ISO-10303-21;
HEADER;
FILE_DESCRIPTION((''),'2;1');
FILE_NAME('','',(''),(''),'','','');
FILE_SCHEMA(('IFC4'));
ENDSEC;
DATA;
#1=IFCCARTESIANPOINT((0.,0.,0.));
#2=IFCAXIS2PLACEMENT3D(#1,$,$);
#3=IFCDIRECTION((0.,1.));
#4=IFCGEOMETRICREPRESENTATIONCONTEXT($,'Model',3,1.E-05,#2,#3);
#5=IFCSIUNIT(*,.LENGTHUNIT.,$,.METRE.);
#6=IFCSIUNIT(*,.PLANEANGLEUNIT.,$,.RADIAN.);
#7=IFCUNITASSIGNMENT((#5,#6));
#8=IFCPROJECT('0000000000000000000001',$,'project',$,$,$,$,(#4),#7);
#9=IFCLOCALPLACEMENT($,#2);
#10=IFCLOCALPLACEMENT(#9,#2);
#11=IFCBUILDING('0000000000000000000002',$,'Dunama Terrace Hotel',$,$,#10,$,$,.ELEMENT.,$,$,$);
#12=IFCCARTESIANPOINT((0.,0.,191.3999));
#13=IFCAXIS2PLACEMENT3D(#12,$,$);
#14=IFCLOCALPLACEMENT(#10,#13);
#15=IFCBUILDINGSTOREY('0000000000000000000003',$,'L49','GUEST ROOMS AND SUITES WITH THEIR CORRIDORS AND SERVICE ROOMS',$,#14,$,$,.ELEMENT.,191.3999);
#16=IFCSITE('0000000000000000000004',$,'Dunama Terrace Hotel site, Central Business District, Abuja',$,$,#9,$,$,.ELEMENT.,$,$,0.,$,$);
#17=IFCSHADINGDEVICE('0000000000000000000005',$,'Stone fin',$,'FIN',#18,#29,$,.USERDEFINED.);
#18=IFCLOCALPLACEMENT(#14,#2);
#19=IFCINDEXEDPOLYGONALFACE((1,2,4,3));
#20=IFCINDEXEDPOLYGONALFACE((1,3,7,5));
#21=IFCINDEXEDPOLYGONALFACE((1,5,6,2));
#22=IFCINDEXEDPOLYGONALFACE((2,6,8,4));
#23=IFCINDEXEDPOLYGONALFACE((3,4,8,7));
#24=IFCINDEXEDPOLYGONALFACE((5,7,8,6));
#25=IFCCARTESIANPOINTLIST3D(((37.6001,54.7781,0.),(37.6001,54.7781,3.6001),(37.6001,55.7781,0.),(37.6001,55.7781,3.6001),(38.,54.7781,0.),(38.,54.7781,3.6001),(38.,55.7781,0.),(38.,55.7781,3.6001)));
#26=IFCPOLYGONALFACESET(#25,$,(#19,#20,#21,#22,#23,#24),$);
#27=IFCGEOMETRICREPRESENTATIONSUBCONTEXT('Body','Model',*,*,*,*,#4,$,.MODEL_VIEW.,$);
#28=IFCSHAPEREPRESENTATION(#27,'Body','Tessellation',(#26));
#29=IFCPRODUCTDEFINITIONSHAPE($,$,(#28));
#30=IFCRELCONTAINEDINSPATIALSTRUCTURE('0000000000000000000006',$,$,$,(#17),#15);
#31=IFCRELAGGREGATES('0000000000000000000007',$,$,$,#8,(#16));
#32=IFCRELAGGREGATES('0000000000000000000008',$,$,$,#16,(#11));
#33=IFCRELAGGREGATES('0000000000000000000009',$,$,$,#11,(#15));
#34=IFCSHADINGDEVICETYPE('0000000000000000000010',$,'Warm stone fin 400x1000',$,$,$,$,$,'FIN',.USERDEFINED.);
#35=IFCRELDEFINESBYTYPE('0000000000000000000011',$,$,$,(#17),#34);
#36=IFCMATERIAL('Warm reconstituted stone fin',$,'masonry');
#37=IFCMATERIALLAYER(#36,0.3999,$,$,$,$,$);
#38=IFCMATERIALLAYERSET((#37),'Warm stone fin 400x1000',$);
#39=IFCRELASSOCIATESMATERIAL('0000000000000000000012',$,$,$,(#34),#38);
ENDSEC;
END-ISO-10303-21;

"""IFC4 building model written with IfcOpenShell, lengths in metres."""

from ifc_helpers import new_model, si_unit, direction, frame, origin, origin_2d, place, context, subcontext, project, spatial, rectangle, extrude, material, layer, layer_set, type_object, element, save


model = new_model("IFC4")

# Units and contexts
model_context = context("Model", 3, precision=1e-05, world=origin(), true_north=direction((0.0, 1.0)))
body_context = subcontext(model_context, "Body", "Model", "MODEL_VIEW")
ifc_project = project(units=[si_unit("LENGTHUNIT", "METRE"), si_unit("PLANEANGLEUNIT", "RADIAN")], contexts=[model_context])

# Site, building, storey
site_placement = place(None, origin())
site = spatial("IfcSite", under=ifc_project, at=site_placement, Name="Dunama Terrace Hotel site, Central Business District, Abuja", CompositionType="ELEMENT", RefElevation=0.0)
building_placement = place(site_placement, origin())
building = spatial("IfcBuilding", under=site, at=building_placement, Name="Dunama Terrace Hotel", CompositionType="ELEMENT")
storey_placement = place(building_placement, frame((0.0, 0.0, 191.3999)))
storey = spatial("IfcBuildingStorey", under=building, at=storey_placement, Name="L49", Description="GUEST ROOMS AND SUITES WITH THEIR CORRIDORS AND SERVICE ROOMS", CompositionType="ELEMENT", Elevation=191.3999)

# Shading device
ifc_material_1 = material(Name="Warm reconstituted stone fin", Category="masonry")
ifc_layer_1 = layer(ifc_material_1, 0.3999)
ifc_layer_set_1 = layer_set([ifc_layer_1], Name="Warm stone fin 400x1000")
shading_device_type = type_object("IfcShadingDeviceType", Name="Warm stone fin 400x1000", ElementType="FIN", PredefinedType="USERDEFINED", material=ifc_layer_set_1)
shading_device_placement = place(storey_placement, frame((37.8, 55.2781, 0.0), z_axis=(0.0, 0.0, 1.0), x_axis=(-1.0, 0.0, 0.0)))
element("IfcShadingDevice", 1, at=shading_device_placement, inside=storey, type_object=shading_device_type, Name="Stone fin", ObjectType="FIN", PredefinedType="USERDEFINED", context=body_context, shape_type="SweptSolid", body=[
    extrude(rectangle(XDim=0.3999, YDim=1.0, at=origin_2d()), origin(), (0.0, 0.0, 1.0), 3.6001),
])

save(model, "model.ifc")
